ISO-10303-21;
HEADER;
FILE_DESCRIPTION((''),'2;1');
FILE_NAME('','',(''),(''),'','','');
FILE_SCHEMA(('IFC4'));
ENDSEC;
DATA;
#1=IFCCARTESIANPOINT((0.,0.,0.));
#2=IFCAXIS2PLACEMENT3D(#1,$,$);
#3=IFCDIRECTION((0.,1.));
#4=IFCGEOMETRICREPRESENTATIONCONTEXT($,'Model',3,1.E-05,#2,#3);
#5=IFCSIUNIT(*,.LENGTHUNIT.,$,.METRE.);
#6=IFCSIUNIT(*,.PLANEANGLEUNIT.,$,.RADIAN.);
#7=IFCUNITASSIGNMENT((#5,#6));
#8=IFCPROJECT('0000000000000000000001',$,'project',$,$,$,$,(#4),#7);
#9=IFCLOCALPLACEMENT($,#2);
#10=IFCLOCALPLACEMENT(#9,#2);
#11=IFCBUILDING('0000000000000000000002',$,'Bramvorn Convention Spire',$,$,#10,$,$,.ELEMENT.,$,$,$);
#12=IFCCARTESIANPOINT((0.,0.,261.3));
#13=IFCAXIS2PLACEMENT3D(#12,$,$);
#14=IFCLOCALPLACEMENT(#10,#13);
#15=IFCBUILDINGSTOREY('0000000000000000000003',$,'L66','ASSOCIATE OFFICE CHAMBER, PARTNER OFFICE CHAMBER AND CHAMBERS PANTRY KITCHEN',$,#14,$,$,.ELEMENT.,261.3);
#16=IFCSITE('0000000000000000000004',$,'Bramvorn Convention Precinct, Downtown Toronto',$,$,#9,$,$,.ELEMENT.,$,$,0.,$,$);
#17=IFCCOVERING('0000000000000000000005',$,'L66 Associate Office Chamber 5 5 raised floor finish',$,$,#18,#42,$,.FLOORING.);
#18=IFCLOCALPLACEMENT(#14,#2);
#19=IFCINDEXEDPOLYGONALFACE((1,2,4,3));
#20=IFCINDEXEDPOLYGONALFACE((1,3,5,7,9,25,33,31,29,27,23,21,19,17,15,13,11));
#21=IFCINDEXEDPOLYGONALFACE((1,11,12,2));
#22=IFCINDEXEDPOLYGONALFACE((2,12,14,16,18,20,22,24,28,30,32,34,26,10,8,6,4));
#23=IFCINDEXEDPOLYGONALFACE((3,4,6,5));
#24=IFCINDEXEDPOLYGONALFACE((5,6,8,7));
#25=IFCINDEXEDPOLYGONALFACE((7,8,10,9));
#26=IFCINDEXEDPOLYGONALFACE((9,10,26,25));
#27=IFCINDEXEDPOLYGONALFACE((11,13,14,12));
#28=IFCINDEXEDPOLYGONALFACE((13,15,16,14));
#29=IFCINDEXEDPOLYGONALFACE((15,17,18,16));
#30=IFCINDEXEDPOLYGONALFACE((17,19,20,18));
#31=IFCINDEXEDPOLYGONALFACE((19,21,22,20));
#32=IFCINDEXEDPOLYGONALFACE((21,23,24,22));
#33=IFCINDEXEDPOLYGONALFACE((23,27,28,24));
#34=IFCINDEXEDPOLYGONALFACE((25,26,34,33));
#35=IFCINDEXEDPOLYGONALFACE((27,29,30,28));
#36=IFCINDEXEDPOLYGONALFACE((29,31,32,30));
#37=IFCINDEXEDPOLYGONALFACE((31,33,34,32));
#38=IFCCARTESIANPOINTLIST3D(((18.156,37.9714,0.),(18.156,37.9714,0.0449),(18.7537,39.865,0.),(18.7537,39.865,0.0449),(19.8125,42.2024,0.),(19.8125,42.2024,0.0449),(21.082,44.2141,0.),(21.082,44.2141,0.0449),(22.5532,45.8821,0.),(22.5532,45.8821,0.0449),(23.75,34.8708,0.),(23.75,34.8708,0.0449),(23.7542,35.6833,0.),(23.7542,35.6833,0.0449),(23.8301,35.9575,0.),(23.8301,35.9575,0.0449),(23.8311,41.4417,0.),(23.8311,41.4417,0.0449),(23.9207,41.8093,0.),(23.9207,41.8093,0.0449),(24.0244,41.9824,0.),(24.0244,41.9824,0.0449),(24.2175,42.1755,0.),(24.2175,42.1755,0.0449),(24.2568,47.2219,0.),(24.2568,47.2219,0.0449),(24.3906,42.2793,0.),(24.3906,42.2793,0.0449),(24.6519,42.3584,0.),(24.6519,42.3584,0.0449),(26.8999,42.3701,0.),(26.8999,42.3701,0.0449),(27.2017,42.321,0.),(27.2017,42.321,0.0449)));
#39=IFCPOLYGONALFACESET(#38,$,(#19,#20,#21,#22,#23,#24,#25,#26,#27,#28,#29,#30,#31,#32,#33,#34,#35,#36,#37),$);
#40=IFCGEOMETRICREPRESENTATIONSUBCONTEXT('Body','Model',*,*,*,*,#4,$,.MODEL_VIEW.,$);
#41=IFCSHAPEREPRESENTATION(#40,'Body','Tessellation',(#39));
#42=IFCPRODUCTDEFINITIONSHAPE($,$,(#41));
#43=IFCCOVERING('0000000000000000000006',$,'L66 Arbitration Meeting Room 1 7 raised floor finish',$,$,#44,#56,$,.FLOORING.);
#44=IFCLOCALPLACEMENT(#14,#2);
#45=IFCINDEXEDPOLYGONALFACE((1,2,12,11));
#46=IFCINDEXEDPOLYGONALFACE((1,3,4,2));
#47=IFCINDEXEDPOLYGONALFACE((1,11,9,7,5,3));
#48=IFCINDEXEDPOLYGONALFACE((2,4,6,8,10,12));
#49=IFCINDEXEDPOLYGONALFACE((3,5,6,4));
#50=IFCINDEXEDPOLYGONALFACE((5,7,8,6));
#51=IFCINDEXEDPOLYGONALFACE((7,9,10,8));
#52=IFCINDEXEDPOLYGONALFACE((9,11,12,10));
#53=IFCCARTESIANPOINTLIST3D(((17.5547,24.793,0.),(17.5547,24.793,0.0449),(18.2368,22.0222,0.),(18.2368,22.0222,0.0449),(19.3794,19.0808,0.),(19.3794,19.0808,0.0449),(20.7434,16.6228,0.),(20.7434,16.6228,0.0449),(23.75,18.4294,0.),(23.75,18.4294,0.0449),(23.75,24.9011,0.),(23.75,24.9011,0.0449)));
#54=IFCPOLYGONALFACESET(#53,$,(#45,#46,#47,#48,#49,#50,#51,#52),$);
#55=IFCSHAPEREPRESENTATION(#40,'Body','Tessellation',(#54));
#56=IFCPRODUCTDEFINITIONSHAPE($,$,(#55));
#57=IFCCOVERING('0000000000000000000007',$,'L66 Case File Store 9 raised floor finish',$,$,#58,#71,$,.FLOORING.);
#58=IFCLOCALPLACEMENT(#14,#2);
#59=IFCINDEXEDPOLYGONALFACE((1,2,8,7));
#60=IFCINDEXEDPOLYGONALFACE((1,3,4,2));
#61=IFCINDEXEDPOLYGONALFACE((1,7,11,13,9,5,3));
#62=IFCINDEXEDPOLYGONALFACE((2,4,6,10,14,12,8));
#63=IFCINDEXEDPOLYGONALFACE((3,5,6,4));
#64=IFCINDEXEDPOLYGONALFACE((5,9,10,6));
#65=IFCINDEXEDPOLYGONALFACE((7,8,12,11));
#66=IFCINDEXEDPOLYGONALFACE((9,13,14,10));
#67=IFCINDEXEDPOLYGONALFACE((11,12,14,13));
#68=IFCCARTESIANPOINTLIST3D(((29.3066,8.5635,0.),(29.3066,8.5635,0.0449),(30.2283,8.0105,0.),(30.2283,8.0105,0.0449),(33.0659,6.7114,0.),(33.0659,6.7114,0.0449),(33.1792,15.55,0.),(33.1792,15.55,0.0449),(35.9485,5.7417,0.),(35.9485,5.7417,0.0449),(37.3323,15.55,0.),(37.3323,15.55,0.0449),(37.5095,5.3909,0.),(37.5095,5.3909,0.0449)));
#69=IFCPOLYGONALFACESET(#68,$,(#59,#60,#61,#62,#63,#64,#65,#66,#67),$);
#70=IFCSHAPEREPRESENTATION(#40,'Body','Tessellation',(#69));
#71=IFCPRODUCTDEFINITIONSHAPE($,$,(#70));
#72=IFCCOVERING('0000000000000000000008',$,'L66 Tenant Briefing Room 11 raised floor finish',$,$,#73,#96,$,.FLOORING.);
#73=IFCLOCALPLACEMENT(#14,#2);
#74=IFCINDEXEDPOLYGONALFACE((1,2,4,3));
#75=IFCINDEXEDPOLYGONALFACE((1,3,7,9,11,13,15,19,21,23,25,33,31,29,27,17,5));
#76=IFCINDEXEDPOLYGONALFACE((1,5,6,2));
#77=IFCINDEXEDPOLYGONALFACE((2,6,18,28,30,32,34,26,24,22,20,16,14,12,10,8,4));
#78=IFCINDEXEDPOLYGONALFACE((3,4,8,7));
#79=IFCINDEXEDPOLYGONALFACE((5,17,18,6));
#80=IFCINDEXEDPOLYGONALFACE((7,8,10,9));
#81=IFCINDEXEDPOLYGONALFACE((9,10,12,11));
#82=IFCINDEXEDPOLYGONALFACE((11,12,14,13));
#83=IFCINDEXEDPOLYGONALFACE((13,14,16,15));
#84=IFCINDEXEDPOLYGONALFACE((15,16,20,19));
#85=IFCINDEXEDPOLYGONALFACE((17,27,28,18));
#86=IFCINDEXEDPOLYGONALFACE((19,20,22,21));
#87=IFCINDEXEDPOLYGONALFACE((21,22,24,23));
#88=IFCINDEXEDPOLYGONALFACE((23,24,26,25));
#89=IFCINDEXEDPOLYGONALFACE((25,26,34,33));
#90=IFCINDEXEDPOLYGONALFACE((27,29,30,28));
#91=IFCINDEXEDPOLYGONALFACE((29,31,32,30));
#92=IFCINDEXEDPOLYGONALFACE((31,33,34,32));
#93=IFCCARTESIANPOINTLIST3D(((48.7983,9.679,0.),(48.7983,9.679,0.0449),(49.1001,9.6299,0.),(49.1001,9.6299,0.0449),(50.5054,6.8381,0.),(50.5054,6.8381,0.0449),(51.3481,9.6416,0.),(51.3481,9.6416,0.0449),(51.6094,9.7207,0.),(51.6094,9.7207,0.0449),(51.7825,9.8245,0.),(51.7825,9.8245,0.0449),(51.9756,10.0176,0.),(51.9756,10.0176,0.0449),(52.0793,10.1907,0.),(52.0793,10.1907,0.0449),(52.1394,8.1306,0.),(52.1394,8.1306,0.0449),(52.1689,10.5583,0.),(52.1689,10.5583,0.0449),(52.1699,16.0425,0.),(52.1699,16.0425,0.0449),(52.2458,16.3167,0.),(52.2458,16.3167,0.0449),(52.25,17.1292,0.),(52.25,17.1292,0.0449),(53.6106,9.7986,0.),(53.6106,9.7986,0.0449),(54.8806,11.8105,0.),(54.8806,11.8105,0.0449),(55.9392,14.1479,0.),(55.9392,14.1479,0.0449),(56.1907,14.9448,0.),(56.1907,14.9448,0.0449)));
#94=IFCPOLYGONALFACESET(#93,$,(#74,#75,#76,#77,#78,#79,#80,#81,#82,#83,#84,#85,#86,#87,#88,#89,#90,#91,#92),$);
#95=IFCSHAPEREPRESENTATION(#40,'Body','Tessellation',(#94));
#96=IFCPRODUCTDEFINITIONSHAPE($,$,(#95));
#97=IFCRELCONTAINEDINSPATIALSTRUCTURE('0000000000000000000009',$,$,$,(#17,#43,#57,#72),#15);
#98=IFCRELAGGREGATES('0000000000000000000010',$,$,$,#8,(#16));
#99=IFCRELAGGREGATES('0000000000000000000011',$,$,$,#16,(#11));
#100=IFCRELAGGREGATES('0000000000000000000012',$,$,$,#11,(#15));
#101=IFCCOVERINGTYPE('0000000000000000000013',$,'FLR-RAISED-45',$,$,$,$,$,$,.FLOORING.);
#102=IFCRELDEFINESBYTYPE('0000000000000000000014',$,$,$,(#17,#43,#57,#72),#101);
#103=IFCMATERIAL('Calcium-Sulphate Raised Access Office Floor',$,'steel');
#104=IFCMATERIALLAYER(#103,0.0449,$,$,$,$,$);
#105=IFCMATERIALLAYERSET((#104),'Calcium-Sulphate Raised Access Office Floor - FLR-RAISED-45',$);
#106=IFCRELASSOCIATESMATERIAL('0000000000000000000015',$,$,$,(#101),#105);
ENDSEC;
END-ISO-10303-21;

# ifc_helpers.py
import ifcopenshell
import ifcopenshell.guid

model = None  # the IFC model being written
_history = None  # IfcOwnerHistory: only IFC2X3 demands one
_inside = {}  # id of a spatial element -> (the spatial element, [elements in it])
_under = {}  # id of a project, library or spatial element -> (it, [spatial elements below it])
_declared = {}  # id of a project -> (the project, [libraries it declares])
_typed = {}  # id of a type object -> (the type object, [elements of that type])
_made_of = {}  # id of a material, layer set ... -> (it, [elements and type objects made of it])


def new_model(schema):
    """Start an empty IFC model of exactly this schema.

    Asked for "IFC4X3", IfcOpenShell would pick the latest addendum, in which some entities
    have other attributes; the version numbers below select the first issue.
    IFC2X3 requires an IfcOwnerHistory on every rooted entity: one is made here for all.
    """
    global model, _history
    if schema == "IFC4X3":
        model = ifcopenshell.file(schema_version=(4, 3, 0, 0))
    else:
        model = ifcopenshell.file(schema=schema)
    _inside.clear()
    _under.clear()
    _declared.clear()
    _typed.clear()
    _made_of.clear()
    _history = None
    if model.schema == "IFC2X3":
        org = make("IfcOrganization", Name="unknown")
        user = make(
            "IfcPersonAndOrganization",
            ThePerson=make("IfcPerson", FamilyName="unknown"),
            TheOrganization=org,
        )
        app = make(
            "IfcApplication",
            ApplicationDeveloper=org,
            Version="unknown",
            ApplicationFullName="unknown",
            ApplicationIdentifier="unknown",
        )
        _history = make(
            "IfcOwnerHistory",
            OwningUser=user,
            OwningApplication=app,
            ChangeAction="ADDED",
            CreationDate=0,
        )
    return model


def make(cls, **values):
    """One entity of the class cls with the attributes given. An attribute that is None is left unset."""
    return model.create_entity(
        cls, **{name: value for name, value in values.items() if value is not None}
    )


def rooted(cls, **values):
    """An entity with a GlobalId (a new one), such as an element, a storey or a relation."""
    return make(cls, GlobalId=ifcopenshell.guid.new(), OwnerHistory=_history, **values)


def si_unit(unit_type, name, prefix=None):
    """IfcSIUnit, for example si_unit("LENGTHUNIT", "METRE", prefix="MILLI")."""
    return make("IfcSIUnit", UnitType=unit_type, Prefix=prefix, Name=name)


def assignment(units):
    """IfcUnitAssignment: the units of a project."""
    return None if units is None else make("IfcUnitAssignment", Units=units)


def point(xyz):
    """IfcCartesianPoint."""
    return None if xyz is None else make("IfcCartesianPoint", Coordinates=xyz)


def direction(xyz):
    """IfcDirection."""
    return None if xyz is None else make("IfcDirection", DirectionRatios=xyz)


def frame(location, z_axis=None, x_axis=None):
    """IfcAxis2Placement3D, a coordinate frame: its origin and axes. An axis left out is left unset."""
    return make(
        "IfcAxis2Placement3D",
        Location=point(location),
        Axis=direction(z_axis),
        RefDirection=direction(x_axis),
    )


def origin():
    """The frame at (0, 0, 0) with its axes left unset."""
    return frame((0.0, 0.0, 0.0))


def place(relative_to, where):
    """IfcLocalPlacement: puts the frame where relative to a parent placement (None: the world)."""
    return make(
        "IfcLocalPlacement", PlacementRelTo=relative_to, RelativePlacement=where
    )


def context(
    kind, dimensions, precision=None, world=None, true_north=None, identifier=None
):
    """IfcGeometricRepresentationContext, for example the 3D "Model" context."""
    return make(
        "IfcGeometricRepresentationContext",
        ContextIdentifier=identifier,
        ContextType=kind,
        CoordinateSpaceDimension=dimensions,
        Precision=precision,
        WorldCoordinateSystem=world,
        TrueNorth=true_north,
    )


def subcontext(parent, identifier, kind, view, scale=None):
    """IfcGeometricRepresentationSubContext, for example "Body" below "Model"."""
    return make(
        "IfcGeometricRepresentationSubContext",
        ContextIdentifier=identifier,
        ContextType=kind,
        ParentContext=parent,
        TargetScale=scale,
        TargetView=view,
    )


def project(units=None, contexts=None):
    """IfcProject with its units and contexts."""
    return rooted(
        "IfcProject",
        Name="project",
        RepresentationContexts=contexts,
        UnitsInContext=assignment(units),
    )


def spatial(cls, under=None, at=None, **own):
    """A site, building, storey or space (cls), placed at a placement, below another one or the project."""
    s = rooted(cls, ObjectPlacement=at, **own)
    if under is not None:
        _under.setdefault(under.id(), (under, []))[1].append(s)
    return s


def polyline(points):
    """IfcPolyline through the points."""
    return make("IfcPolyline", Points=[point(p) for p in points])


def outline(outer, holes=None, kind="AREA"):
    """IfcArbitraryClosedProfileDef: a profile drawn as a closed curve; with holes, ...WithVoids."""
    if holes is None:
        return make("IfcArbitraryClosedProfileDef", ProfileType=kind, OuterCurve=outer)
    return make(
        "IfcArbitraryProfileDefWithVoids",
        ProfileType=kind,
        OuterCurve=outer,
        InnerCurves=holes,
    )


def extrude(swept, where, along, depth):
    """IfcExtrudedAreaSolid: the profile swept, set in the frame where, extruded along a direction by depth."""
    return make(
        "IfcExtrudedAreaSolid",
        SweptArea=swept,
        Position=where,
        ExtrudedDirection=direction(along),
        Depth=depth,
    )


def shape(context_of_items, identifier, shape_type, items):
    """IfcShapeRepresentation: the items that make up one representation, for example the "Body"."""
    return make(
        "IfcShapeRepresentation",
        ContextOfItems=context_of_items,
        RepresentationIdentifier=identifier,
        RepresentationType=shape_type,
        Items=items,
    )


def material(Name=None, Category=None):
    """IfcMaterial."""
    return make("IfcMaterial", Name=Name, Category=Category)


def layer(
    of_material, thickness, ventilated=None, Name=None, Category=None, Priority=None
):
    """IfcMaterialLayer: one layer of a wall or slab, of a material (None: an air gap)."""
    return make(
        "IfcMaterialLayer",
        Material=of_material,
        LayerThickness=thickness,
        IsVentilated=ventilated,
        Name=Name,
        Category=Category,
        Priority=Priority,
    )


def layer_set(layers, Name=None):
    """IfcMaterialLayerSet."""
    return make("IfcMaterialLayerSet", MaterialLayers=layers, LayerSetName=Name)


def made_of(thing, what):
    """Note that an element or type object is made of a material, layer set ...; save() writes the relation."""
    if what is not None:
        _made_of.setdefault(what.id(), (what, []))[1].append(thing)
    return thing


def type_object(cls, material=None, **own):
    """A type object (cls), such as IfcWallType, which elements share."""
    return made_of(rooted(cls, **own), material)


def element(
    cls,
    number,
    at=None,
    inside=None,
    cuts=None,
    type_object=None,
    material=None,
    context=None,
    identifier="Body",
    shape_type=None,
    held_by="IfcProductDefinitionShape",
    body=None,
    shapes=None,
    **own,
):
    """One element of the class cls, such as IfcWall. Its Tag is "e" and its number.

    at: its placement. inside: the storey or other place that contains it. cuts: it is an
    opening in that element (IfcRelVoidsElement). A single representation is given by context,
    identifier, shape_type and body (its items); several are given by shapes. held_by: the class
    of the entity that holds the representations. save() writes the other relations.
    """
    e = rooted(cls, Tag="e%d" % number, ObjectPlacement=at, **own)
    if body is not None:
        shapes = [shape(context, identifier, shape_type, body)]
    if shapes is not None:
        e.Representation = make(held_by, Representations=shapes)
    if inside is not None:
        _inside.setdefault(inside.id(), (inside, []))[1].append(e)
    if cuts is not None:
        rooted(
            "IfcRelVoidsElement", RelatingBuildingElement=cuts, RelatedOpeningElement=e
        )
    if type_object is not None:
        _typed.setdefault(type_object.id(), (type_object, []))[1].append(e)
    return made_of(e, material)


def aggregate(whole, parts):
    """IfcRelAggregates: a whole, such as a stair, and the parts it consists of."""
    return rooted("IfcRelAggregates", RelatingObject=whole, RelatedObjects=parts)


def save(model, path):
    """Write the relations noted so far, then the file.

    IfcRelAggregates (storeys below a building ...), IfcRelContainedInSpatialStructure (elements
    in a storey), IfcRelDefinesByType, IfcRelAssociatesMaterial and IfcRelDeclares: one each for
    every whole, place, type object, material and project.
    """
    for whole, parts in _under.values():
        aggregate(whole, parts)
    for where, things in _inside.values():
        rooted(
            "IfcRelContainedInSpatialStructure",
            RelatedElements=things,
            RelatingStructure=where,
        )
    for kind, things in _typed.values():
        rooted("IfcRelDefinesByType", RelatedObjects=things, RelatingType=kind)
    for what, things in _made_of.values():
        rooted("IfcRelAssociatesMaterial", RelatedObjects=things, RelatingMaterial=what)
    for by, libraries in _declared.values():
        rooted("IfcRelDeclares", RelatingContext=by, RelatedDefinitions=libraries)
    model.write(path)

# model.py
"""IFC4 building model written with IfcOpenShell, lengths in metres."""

from ifc_helpers import new_model, si_unit, direction, frame, origin, place, context, subcontext, project, spatial, polyline, outline, extrude, material, layer, layer_set, type_object, element, save


model = new_model("IFC4")

# Units and contexts
model_context = context("Model", 3, precision=1e-05, world=origin(), true_north=direction((0.0, 1.0)))
body_context = subcontext(model_context, "Body", "Model", "MODEL_VIEW")
ifc_project = project(units=[si_unit("LENGTHUNIT", "METRE"), si_unit("PLANEANGLEUNIT", "RADIAN")], contexts=[model_context])

# Site, building, storey
site_placement = place(None, origin())
site = spatial("IfcSite", under=ifc_project, at=site_placement, Name="Bramvorn Convention Precinct, Downtown Toronto", CompositionType="ELEMENT", RefElevation=0.0)
building_placement = place(site_placement, origin())
building = spatial("IfcBuilding", under=site, at=building_placement, Name="Bramvorn Convention Spire", CompositionType="ELEMENT")
storey_placement = place(building_placement, frame((0.0, 0.0, 261.3)))
storey = spatial("IfcBuildingStorey", under=building, at=storey_placement, Name="L66", Description="ASSOCIATE OFFICE CHAMBER, PARTNER OFFICE CHAMBER AND CHAMBERS PANTRY KITCHEN", CompositionType="ELEMENT", Elevation=261.3)

# Coverings
ifc_material_1 = material(Name="Calcium-Sulphate Raised Access Office Floor", Category="steel")
ifc_layer_1 = layer(ifc_material_1, 0.0449)
ifc_layer_set_1 = layer_set([ifc_layer_1], Name="Calcium-Sulphate Raised Access Office Floor - FLR-RAISED-45")
covering_type = type_object("IfcCoveringType", Name="FLR-RAISED-45", PredefinedType="FLOORING", material=ifc_layer_set_1)
covering_1_placement = place(storey_placement, origin())
element("IfcCovering", 1, at=covering_1_placement, inside=storey, type_object=covering_type, Name="L66 Associate Office Chamber 5 5 raised floor finish", PredefinedType="FLOORING", context=body_context, shape_type="SweptSolid", body=[
    extrude(outline(polyline([(18.7537, 39.865), (18.156, 37.9714), (23.75, 34.8708), (23.7542, 35.6833), (23.8301, 35.9575), (23.8311, 41.4417), (23.9207, 41.8093), (24.0244, 41.9824), (24.2175, 42.1755), (24.3906, 42.2793), (24.6519, 42.3584), (26.8999, 42.3701), (27.2017, 42.321), (24.2568, 47.2219), (22.5532, 45.8821), (21.082, 44.2141), (19.8125, 42.2024), (18.7537, 39.865)])), origin(), (0.0, 0.0, 1.0), 0.0449),
])
covering_2_placement = place(storey_placement, origin())
element("IfcCovering", 2, at=covering_2_placement, inside=storey, type_object=covering_type, Name="L66 Arbitration Meeting Room 1 7 raised floor finish", PredefinedType="FLOORING", context=body_context, shape_type="SweptSolid", body=[
    extrude(outline(polyline([(18.2368, 22.0222), (19.3794, 19.0808), (20.7434, 16.6228), (23.75, 18.4294), (23.75, 24.9011), (17.5547, 24.793), (18.2368, 22.0222)])), origin(), (0.0, 0.0, 1.0), 0.0449),
])
covering_3_placement = place(storey_placement, origin())
element("IfcCovering", 3, at=covering_3_placement, inside=storey, type_object=covering_type, Name="L66 Case File Store 9 raised floor finish", PredefinedType="FLOORING", context=body_context, shape_type="SweptSolid", body=[
    extrude(outline(polyline([(35.9485, 5.7417), (37.5095, 5.3909), (37.3323, 15.55), (33.1792, 15.55), (29.3066, 8.5635), (30.2283, 8.0105), (33.0659, 6.7114), (35.9485, 5.7417)])), origin(), (0.0, 0.0, 1.0), 0.0449),
])
covering_4_placement = place(storey_placement, origin())
element("IfcCovering", 4, at=covering_4_placement, inside=storey, type_object=covering_type, Name="L66 Tenant Briefing Room 11 raised floor finish", PredefinedType="FLOORING", context=body_context, shape_type="SweptSolid", body=[
    extrude(outline(polyline([(50.5054, 6.8381), (52.1394, 8.1306), (53.6106, 9.7986), (54.8806, 11.8105), (55.9392, 14.1479), (56.1907, 14.9448), (52.25, 17.1292), (52.2458, 16.3167), (52.1699, 16.0425), (52.1689, 10.5583), (52.0793, 10.1907), (51.9756, 10.0176), (51.7825, 9.8245), (51.6094, 9.7207), (51.3481, 9.6416), (49.1001, 9.6299), (48.7983, 9.679), (50.5054, 6.8381)])), origin(), (0.0, 0.0, 1.0), 0.0449),
])

save(model, "model.ifc")
